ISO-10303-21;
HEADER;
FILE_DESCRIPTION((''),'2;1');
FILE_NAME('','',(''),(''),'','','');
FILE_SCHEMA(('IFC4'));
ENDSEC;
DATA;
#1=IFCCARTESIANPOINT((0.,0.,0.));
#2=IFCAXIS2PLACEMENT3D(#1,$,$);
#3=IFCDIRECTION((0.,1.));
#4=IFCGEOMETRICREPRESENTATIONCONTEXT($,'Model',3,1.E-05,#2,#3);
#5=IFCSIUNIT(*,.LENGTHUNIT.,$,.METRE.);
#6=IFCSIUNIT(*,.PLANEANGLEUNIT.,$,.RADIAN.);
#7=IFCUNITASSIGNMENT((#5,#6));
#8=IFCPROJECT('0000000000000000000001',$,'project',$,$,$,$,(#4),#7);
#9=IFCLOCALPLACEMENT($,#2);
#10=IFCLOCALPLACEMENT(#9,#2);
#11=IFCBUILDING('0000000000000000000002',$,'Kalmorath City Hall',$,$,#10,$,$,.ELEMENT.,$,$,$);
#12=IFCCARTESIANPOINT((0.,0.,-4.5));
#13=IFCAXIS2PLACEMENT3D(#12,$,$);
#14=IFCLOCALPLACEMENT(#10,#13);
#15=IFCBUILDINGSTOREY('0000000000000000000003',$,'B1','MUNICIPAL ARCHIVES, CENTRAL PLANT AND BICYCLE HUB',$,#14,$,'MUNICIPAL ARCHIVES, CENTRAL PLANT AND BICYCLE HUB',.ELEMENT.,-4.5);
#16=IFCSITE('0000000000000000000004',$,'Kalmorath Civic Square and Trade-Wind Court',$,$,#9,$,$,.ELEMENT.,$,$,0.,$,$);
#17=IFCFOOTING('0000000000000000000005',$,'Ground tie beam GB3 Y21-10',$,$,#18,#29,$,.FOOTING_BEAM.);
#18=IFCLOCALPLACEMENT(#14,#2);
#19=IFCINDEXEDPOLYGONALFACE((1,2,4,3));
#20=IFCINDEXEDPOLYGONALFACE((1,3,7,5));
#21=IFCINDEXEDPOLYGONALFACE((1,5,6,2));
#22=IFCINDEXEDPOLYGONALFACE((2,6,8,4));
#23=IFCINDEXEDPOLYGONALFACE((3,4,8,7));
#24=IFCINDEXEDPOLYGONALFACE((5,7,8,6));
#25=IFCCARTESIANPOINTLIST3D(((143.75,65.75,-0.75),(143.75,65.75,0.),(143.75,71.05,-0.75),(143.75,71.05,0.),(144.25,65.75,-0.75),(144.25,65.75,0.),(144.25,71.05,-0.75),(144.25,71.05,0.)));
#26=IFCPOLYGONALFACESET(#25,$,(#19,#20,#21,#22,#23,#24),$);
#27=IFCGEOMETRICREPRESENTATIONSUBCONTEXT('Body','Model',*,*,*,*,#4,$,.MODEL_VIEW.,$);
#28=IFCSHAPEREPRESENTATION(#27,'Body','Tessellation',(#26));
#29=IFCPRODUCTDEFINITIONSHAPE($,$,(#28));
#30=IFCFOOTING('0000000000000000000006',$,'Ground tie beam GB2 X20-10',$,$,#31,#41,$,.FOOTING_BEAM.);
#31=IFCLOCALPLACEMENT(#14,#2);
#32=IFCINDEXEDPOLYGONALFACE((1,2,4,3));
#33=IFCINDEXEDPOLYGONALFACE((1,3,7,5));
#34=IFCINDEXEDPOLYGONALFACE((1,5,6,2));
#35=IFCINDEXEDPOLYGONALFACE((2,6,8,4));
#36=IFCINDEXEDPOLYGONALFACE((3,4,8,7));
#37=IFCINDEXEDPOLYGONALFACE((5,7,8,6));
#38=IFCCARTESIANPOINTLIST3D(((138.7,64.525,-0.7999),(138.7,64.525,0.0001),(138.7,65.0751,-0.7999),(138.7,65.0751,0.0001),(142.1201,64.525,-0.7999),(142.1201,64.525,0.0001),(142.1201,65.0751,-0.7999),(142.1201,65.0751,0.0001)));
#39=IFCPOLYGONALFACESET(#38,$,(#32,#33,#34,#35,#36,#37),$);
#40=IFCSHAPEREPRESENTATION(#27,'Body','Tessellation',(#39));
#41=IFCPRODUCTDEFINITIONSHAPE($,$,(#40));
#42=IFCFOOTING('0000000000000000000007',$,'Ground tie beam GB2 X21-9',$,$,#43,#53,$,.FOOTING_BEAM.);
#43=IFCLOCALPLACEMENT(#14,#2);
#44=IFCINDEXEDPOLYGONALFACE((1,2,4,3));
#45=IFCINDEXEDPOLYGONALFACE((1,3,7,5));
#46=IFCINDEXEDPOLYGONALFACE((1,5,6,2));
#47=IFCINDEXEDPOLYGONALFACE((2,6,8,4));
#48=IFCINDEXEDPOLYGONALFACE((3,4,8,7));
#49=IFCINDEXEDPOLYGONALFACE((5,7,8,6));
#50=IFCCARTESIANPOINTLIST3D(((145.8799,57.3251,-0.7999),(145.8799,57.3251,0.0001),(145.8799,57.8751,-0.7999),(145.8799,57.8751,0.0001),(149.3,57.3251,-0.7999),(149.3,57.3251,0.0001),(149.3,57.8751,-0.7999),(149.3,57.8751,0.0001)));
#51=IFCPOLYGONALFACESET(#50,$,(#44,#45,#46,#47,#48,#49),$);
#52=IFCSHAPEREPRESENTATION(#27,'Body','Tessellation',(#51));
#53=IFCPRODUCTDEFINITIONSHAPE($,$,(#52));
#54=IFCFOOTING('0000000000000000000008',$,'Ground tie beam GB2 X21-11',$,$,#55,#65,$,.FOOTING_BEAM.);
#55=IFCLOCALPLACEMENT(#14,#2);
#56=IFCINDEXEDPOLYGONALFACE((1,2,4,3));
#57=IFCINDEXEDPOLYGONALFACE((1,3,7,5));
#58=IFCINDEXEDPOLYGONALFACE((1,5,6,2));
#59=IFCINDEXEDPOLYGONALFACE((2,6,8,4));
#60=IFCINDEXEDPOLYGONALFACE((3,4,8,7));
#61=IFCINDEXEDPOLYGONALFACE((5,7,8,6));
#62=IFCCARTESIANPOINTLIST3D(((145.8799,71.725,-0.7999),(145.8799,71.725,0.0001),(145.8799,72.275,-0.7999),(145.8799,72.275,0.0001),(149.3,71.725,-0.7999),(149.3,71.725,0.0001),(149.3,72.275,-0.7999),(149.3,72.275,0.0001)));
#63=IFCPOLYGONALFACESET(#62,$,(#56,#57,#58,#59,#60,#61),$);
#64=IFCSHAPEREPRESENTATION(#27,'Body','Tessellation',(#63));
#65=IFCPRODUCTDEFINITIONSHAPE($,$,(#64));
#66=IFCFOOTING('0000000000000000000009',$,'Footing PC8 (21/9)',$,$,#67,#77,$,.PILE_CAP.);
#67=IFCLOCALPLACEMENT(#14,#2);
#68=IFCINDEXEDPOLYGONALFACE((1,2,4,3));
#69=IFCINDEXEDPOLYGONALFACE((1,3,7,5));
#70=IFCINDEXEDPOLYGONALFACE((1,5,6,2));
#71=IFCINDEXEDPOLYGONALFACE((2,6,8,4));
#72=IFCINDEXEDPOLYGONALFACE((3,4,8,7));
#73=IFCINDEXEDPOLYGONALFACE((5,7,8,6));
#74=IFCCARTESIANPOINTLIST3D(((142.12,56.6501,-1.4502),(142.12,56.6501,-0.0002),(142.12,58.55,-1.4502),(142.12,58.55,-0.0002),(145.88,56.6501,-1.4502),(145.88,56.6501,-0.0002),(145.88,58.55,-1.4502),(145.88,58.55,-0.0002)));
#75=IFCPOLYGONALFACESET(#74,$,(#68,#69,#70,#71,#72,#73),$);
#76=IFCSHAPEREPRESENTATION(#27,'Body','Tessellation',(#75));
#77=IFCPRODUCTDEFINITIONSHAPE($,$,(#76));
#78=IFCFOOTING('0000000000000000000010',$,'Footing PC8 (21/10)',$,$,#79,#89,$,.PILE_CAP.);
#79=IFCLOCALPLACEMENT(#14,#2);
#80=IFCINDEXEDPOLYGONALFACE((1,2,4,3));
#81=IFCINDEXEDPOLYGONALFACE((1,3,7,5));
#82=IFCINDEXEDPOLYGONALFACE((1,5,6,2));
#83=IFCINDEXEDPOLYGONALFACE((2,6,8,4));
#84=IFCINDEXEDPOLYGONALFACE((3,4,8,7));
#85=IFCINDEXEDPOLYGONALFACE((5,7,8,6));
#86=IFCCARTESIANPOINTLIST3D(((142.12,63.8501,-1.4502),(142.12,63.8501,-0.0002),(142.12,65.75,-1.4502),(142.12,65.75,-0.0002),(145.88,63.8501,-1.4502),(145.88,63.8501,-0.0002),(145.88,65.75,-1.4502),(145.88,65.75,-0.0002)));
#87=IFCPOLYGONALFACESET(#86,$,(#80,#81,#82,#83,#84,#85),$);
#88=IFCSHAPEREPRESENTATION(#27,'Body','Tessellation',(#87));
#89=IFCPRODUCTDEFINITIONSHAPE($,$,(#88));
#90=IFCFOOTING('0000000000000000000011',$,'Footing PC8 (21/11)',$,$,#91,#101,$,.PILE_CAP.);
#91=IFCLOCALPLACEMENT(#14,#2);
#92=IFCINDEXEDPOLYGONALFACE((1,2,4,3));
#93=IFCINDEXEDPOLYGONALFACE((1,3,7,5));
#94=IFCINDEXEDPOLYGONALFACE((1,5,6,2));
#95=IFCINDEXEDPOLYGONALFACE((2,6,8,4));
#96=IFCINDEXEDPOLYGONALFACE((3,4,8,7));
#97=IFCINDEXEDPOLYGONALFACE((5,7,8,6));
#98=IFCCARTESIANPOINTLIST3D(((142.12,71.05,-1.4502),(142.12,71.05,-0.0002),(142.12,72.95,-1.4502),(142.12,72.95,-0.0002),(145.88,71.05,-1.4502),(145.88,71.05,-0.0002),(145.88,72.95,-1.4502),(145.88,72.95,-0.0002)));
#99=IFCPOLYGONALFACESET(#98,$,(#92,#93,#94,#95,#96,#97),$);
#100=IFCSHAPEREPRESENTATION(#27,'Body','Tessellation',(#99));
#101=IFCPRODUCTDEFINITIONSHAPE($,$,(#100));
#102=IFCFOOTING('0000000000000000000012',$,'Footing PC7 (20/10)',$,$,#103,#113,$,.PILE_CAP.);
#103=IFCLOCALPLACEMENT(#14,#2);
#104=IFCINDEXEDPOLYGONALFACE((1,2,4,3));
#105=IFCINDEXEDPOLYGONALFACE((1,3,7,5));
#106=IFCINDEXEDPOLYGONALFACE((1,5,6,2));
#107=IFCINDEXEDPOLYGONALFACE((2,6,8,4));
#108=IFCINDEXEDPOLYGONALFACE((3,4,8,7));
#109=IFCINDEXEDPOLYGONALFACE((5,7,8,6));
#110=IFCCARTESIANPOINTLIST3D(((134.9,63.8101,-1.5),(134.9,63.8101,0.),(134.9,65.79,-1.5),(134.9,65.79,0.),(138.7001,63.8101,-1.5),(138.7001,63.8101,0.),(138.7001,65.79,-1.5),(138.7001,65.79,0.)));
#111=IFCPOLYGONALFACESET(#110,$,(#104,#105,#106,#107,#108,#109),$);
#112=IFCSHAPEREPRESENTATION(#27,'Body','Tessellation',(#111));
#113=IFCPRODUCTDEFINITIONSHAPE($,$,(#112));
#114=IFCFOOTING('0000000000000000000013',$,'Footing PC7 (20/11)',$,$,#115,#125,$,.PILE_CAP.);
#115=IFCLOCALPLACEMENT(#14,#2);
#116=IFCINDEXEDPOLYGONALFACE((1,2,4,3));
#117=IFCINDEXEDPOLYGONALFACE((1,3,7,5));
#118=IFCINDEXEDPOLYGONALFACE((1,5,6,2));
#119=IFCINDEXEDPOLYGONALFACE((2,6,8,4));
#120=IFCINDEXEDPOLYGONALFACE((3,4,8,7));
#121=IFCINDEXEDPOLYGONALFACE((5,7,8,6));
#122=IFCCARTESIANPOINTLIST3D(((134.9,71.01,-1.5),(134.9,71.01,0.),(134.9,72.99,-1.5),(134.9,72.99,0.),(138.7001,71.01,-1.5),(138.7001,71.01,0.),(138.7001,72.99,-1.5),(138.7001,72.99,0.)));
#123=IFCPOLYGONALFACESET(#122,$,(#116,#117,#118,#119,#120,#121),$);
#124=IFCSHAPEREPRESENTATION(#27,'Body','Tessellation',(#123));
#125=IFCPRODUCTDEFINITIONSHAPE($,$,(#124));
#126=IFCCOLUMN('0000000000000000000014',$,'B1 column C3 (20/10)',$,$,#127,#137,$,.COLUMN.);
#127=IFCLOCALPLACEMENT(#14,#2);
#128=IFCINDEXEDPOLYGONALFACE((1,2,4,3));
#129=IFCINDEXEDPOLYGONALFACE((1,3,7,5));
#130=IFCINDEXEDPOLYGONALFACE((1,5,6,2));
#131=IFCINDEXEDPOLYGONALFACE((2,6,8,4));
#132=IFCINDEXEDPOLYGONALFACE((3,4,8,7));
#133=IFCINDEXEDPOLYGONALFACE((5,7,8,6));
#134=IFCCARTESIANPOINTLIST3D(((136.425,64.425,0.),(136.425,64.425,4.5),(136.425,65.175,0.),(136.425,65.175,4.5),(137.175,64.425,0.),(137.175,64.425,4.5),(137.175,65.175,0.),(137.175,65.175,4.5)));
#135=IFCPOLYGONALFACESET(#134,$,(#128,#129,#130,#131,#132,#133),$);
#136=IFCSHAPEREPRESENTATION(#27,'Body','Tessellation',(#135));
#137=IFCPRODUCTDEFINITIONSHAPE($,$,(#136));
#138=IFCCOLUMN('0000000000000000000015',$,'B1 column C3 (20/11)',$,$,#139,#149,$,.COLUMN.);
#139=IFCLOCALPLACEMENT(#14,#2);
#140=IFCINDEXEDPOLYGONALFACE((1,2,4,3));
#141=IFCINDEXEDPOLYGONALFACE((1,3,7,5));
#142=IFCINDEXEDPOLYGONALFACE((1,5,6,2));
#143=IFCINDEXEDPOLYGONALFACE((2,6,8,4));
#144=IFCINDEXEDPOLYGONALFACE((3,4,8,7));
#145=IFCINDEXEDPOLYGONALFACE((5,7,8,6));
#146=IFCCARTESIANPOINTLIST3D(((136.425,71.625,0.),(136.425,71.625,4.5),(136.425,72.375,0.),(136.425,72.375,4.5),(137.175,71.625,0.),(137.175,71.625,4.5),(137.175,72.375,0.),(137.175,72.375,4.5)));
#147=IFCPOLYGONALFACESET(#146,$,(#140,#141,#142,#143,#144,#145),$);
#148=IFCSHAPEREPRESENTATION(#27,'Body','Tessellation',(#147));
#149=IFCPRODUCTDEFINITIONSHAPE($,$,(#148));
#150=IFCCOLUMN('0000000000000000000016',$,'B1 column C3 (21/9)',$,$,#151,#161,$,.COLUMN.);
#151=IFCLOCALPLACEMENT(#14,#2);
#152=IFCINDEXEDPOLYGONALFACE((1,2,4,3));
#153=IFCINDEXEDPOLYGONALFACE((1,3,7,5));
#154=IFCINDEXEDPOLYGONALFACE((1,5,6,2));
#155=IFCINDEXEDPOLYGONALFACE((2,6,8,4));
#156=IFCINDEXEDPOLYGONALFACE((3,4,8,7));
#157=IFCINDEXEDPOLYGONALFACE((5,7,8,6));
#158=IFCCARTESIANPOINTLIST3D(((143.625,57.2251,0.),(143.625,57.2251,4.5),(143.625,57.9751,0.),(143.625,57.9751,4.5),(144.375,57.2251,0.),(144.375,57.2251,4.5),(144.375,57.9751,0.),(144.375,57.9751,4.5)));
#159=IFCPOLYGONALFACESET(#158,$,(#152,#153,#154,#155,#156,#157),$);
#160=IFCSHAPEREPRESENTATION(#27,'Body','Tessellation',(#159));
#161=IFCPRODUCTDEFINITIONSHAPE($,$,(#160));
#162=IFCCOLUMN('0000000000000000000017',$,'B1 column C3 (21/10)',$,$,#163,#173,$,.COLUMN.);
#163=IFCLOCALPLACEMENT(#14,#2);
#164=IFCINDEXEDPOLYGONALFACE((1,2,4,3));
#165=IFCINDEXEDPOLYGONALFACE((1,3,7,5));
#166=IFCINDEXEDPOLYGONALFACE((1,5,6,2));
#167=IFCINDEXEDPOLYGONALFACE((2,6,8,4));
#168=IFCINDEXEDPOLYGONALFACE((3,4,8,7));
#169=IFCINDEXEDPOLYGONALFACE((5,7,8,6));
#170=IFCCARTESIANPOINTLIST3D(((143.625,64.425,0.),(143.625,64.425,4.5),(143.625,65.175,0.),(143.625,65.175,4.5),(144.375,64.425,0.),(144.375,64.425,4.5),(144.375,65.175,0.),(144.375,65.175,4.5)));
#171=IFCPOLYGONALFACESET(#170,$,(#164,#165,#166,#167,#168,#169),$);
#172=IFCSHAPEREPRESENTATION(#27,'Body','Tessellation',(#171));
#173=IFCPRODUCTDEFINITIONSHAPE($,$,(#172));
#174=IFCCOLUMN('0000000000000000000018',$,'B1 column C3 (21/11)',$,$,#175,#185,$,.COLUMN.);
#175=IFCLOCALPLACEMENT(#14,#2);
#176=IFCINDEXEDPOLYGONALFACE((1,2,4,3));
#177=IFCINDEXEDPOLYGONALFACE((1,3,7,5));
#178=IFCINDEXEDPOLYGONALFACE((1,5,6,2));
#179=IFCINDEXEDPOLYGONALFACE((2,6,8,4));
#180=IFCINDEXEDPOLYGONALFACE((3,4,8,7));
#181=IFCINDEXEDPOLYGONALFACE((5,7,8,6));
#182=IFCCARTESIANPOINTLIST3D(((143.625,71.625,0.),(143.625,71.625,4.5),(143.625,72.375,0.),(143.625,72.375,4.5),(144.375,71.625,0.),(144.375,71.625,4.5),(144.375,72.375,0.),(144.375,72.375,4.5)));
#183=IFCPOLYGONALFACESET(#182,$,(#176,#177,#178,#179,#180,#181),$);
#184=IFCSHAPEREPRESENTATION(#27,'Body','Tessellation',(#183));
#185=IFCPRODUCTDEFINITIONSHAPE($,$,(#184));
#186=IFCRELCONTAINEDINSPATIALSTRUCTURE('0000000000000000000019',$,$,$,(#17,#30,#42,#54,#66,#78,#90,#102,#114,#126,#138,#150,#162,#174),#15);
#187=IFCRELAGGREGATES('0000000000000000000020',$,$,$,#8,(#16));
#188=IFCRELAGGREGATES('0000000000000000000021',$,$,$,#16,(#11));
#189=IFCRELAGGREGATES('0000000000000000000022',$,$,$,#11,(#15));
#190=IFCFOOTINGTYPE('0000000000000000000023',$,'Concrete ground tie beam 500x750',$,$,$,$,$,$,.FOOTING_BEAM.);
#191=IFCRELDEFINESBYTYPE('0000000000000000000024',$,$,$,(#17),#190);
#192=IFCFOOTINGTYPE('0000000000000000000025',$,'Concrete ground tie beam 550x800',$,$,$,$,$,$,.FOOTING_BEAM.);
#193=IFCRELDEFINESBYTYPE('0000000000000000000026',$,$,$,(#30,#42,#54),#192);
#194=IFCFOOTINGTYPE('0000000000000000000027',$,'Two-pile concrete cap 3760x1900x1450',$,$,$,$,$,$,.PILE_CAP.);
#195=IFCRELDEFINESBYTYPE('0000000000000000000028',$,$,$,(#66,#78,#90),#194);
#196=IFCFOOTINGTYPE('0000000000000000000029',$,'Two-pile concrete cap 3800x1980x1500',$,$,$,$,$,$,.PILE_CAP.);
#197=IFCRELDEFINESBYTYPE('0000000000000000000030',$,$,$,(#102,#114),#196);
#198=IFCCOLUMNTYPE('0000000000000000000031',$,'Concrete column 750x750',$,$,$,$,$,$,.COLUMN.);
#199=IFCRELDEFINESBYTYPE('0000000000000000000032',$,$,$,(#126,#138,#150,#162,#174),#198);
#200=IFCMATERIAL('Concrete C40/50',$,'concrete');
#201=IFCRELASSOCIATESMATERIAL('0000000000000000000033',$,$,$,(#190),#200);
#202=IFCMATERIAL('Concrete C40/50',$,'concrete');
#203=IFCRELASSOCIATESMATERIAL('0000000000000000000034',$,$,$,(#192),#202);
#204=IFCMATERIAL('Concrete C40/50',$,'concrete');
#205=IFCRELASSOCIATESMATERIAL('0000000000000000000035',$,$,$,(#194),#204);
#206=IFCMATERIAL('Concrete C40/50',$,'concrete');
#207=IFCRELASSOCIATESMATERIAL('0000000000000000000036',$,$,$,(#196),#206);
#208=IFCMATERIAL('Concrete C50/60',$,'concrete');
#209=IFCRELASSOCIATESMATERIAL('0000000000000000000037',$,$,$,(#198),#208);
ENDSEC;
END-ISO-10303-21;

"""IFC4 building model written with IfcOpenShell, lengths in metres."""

from ifc_helpers import new_model, si_unit, direction, frame, origin, origin_2d, place, context, subcontext, project, spatial, rectangle, extrude, material, material_profile, profile_set, type_object, element, save


model = new_model("IFC4")

# Units and contexts
model_context = context("Model", 3, precision=1e-05, world=origin(), true_north=direction((0.0, 1.0)))
body_context = subcontext(model_context, "Body", "Model", "MODEL_VIEW")
ifc_project = project(units=[si_unit("LENGTHUNIT", "METRE"), si_unit("PLANEANGLEUNIT", "RADIAN")], contexts=[model_context])

# Site, building, storey
site_placement = place(None, origin())
site = spatial("IfcSite", under=ifc_project, at=site_placement, Name="Kalmorath Civic Square and Trade-Wind Court", CompositionType="ELEMENT", RefElevation=0.0)
building_placement = place(site_placement, origin())
building = spatial("IfcBuilding", under=site, at=building_placement, Name="Kalmorath City Hall", CompositionType="ELEMENT")
storey_placement = place(building_placement, frame((0.0, 0.0, -4.5)))
storey = spatial("IfcBuildingStorey", under=building, at=storey_placement, Name="B1", Description="MUNICIPAL ARCHIVES, CENTRAL PLANT AND BICYCLE HUB", LongName="MUNICIPAL ARCHIVES, CENTRAL PLANT AND BICYCLE HUB", CompositionType="ELEMENT", Elevation=-4.5)

# Footings
ifc_material_1 = material(Name="Concrete C40/50", Category="concrete")
ifc_material_profile_1 = material_profile(ifc_material_1, rectangle(XDim=0.5, YDim=0.75, at=origin_2d()), Name="RC-BM-500X750")
ifc_profile_set_1 = profile_set([ifc_material_profile_1], Name="Concrete C40/50")
footing_type_1 = type_object("IfcFootingType", Name="Concrete ground tie beam 500x750", PredefinedType="FOOTING_BEAM", material=ifc_profile_set_1)
for number, where, z_axis, x_axis, name in (
    (1, (144.0, 65.75, -0.375), (0.0, 1.0, 0.0), (-1.0, 0.0, 0.0), "Ground tie beam GB3 Y21-10"),
):
    element("IfcFooting", number, at=place(storey_placement, frame(where, z_axis=z_axis, x_axis=x_axis)), inside=storey, type_object=footing_type_1, Name=name, PredefinedType="FOOTING_BEAM", context=body_context, shape_type="SweptSolid", body=[
        extrude(rectangle(XDim=0.5, YDim=0.75, at=origin_2d()), origin(), (0.0, 0.0, 1.0), 5.3),
    ])
ifc_material_2 = material(Name="Concrete C40/50", Category="concrete")
ifc_material_profile_2 = material_profile(ifc_material_2, rectangle(XDim=0.55, YDim=0.8, at=origin_2d()), Name="RC-BM-550X800")
ifc_profile_set_2 = profile_set([ifc_material_profile_2], Name="Concrete C40/50")
footing_type_2 = type_object("IfcFootingType", Name="Concrete ground tie beam 550x800", PredefinedType="FOOTING_BEAM", material=ifc_profile_set_2)
for number, where, z_axis, x_axis, name in (
    (2, (138.7, 64.8, -0.3999), (1.0, 0.0, 0.0), (0.0, 1.0, 0.0), "Ground tie beam GB2 X20-10"),
    (3, (145.8799, 57.6001, -0.3999), (1.0, 0.0, 0.0), (0.0, 1.0, 0.0), "Ground tie beam GB2 X21-9"),
    (4, (145.8799, 72.0, -0.3999), (1.0, 0.0, 0.0), (0.0, 1.0, 0.0), "Ground tie beam GB2 X21-11"),
):
    element("IfcFooting", number, at=place(storey_placement, frame(where, z_axis=z_axis, x_axis=x_axis)), inside=storey, type_object=footing_type_2, Name=name, PredefinedType="FOOTING_BEAM", context=body_context, shape_type="SweptSolid", body=[
        extrude(rectangle(XDim=0.55, YDim=0.8, at=origin_2d()), origin(), (0.0, 0.0, 1.0), 3.4202),
    ])
ifc_material_3 = material(Name="Concrete C40/50", Category="concrete")
footing_type_3 = type_object("IfcFootingType", Name="Two-pile concrete cap 3760x1900x1450", PredefinedType="PILE_CAP", material=ifc_material_3)
for number, where, z_axis, x_axis, name in (
    (5, (144.0, 57.6001, -1.4502), (0.0, 0.0, 1.0), (1.0, 0.0, 0.0), "Footing PC8 (21/9)"),
    (6, (144.0, 64.8, -1.4502), (0.0, 0.0, 1.0), (1.0, 0.0, 0.0), "Footing PC8 (21/10)"),
    (7, (144.0, 72.0, -1.4502), (0.0, 0.0, 1.0), (1.0, 0.0, 0.0), "Footing PC8 (21/11)"),
):
    element("IfcFooting", number, at=place(storey_placement, frame(where, z_axis=z_axis, x_axis=x_axis)), inside=storey, type_object=footing_type_3, Name=name, PredefinedType="PILE_CAP", context=body_context, shape_type="SweptSolid", body=[
        extrude(rectangle(XDim=3.76, YDim=1.8999, at=origin_2d()), origin(), (0.0, 0.0, 1.0), 1.45),
    ])
ifc_material_4 = material(Name="Concrete C40/50", Category="concrete")
footing_type_4 = type_object("IfcFootingType", Name="Two-pile concrete cap 3800x1980x1500", PredefinedType="PILE_CAP", material=ifc_material_4)
for number, where, z_axis, x_axis, name in (
    (8, (136.8, 64.8, -1.5), (0.0, 0.0, 1.0), (1.0, 0.0, 0.0), "Footing PC7 (20/10)"),
    (9, (136.8, 72.0, -1.5), (0.0, 0.0, 1.0), (1.0, 0.0, 0.0), "Footing PC7 (20/11)"),
):
    element("IfcFooting", number, at=place(storey_placement, frame(where, z_axis=z_axis, x_axis=x_axis)), inside=storey, type_object=footing_type_4, Name=name, PredefinedType="PILE_CAP", context=body_context, shape_type="SweptSolid", body=[
        extrude(rectangle(XDim=3.8, YDim=1.98, at=origin_2d()), origin(), (0.0, 0.0, 1.0), 1.5),
    ])

# Columns
ifc_material_5 = material(Name="Concrete C50/60", Category="concrete")
ifc_material_profile_3 = material_profile(ifc_material_5, rectangle(XDim=0.75, YDim=0.75, at=origin_2d()), Name="RC-COL-750X750")
ifc_profile_set_3 = profile_set([ifc_material_profile_3], Name="Concrete C50/60")
column_type_1 = type_object("IfcColumnType", Name="Concrete column 750x750", PredefinedType="COLUMN", material=ifc_profile_set_3)
for number, where, z_axis, x_axis, name in (
    (10, (136.8, 64.8, 0.0), (0.0, 0.0, 1.0), (1.0, 0.0, 0.0), "B1 column C3 (20/10)"),
    (11, (136.8, 72.0, 0.0), (0.0, 0.0, 1.0), (1.0, 0.0, 0.0), "B1 column C3 (20/11)"),
    (12, (144.0, 57.6001, 0.0), (0.0, 0.0, 1.0), (1.0, 0.0, 0.0), "B1 column C3 (21/9)"),
    (13, (144.0, 64.8, 0.0), (0.0, 0.0, 1.0), (1.0, 0.0, 0.0), "B1 column C3 (21/10)"),
    (14, (144.0, 72.0, 0.0), (0.0, 0.0, 1.0), (1.0, 0.0, 0.0), "B1 column C3 (21/11)"),
):
    element("IfcColumn", number, at=place(storey_placement, frame(where, z_axis=z_axis, x_axis=x_axis)), inside=storey, type_object=column_type_1, Name=name, PredefinedType="COLUMN", context=body_context, shape_type="SweptSolid", body=[
        extrude(rectangle(XDim=0.75, YDim=0.75, at=origin_2d()), origin(), (0.0, 0.0, 1.0), 4.5),
    ])

save(model, "model.ifc")
